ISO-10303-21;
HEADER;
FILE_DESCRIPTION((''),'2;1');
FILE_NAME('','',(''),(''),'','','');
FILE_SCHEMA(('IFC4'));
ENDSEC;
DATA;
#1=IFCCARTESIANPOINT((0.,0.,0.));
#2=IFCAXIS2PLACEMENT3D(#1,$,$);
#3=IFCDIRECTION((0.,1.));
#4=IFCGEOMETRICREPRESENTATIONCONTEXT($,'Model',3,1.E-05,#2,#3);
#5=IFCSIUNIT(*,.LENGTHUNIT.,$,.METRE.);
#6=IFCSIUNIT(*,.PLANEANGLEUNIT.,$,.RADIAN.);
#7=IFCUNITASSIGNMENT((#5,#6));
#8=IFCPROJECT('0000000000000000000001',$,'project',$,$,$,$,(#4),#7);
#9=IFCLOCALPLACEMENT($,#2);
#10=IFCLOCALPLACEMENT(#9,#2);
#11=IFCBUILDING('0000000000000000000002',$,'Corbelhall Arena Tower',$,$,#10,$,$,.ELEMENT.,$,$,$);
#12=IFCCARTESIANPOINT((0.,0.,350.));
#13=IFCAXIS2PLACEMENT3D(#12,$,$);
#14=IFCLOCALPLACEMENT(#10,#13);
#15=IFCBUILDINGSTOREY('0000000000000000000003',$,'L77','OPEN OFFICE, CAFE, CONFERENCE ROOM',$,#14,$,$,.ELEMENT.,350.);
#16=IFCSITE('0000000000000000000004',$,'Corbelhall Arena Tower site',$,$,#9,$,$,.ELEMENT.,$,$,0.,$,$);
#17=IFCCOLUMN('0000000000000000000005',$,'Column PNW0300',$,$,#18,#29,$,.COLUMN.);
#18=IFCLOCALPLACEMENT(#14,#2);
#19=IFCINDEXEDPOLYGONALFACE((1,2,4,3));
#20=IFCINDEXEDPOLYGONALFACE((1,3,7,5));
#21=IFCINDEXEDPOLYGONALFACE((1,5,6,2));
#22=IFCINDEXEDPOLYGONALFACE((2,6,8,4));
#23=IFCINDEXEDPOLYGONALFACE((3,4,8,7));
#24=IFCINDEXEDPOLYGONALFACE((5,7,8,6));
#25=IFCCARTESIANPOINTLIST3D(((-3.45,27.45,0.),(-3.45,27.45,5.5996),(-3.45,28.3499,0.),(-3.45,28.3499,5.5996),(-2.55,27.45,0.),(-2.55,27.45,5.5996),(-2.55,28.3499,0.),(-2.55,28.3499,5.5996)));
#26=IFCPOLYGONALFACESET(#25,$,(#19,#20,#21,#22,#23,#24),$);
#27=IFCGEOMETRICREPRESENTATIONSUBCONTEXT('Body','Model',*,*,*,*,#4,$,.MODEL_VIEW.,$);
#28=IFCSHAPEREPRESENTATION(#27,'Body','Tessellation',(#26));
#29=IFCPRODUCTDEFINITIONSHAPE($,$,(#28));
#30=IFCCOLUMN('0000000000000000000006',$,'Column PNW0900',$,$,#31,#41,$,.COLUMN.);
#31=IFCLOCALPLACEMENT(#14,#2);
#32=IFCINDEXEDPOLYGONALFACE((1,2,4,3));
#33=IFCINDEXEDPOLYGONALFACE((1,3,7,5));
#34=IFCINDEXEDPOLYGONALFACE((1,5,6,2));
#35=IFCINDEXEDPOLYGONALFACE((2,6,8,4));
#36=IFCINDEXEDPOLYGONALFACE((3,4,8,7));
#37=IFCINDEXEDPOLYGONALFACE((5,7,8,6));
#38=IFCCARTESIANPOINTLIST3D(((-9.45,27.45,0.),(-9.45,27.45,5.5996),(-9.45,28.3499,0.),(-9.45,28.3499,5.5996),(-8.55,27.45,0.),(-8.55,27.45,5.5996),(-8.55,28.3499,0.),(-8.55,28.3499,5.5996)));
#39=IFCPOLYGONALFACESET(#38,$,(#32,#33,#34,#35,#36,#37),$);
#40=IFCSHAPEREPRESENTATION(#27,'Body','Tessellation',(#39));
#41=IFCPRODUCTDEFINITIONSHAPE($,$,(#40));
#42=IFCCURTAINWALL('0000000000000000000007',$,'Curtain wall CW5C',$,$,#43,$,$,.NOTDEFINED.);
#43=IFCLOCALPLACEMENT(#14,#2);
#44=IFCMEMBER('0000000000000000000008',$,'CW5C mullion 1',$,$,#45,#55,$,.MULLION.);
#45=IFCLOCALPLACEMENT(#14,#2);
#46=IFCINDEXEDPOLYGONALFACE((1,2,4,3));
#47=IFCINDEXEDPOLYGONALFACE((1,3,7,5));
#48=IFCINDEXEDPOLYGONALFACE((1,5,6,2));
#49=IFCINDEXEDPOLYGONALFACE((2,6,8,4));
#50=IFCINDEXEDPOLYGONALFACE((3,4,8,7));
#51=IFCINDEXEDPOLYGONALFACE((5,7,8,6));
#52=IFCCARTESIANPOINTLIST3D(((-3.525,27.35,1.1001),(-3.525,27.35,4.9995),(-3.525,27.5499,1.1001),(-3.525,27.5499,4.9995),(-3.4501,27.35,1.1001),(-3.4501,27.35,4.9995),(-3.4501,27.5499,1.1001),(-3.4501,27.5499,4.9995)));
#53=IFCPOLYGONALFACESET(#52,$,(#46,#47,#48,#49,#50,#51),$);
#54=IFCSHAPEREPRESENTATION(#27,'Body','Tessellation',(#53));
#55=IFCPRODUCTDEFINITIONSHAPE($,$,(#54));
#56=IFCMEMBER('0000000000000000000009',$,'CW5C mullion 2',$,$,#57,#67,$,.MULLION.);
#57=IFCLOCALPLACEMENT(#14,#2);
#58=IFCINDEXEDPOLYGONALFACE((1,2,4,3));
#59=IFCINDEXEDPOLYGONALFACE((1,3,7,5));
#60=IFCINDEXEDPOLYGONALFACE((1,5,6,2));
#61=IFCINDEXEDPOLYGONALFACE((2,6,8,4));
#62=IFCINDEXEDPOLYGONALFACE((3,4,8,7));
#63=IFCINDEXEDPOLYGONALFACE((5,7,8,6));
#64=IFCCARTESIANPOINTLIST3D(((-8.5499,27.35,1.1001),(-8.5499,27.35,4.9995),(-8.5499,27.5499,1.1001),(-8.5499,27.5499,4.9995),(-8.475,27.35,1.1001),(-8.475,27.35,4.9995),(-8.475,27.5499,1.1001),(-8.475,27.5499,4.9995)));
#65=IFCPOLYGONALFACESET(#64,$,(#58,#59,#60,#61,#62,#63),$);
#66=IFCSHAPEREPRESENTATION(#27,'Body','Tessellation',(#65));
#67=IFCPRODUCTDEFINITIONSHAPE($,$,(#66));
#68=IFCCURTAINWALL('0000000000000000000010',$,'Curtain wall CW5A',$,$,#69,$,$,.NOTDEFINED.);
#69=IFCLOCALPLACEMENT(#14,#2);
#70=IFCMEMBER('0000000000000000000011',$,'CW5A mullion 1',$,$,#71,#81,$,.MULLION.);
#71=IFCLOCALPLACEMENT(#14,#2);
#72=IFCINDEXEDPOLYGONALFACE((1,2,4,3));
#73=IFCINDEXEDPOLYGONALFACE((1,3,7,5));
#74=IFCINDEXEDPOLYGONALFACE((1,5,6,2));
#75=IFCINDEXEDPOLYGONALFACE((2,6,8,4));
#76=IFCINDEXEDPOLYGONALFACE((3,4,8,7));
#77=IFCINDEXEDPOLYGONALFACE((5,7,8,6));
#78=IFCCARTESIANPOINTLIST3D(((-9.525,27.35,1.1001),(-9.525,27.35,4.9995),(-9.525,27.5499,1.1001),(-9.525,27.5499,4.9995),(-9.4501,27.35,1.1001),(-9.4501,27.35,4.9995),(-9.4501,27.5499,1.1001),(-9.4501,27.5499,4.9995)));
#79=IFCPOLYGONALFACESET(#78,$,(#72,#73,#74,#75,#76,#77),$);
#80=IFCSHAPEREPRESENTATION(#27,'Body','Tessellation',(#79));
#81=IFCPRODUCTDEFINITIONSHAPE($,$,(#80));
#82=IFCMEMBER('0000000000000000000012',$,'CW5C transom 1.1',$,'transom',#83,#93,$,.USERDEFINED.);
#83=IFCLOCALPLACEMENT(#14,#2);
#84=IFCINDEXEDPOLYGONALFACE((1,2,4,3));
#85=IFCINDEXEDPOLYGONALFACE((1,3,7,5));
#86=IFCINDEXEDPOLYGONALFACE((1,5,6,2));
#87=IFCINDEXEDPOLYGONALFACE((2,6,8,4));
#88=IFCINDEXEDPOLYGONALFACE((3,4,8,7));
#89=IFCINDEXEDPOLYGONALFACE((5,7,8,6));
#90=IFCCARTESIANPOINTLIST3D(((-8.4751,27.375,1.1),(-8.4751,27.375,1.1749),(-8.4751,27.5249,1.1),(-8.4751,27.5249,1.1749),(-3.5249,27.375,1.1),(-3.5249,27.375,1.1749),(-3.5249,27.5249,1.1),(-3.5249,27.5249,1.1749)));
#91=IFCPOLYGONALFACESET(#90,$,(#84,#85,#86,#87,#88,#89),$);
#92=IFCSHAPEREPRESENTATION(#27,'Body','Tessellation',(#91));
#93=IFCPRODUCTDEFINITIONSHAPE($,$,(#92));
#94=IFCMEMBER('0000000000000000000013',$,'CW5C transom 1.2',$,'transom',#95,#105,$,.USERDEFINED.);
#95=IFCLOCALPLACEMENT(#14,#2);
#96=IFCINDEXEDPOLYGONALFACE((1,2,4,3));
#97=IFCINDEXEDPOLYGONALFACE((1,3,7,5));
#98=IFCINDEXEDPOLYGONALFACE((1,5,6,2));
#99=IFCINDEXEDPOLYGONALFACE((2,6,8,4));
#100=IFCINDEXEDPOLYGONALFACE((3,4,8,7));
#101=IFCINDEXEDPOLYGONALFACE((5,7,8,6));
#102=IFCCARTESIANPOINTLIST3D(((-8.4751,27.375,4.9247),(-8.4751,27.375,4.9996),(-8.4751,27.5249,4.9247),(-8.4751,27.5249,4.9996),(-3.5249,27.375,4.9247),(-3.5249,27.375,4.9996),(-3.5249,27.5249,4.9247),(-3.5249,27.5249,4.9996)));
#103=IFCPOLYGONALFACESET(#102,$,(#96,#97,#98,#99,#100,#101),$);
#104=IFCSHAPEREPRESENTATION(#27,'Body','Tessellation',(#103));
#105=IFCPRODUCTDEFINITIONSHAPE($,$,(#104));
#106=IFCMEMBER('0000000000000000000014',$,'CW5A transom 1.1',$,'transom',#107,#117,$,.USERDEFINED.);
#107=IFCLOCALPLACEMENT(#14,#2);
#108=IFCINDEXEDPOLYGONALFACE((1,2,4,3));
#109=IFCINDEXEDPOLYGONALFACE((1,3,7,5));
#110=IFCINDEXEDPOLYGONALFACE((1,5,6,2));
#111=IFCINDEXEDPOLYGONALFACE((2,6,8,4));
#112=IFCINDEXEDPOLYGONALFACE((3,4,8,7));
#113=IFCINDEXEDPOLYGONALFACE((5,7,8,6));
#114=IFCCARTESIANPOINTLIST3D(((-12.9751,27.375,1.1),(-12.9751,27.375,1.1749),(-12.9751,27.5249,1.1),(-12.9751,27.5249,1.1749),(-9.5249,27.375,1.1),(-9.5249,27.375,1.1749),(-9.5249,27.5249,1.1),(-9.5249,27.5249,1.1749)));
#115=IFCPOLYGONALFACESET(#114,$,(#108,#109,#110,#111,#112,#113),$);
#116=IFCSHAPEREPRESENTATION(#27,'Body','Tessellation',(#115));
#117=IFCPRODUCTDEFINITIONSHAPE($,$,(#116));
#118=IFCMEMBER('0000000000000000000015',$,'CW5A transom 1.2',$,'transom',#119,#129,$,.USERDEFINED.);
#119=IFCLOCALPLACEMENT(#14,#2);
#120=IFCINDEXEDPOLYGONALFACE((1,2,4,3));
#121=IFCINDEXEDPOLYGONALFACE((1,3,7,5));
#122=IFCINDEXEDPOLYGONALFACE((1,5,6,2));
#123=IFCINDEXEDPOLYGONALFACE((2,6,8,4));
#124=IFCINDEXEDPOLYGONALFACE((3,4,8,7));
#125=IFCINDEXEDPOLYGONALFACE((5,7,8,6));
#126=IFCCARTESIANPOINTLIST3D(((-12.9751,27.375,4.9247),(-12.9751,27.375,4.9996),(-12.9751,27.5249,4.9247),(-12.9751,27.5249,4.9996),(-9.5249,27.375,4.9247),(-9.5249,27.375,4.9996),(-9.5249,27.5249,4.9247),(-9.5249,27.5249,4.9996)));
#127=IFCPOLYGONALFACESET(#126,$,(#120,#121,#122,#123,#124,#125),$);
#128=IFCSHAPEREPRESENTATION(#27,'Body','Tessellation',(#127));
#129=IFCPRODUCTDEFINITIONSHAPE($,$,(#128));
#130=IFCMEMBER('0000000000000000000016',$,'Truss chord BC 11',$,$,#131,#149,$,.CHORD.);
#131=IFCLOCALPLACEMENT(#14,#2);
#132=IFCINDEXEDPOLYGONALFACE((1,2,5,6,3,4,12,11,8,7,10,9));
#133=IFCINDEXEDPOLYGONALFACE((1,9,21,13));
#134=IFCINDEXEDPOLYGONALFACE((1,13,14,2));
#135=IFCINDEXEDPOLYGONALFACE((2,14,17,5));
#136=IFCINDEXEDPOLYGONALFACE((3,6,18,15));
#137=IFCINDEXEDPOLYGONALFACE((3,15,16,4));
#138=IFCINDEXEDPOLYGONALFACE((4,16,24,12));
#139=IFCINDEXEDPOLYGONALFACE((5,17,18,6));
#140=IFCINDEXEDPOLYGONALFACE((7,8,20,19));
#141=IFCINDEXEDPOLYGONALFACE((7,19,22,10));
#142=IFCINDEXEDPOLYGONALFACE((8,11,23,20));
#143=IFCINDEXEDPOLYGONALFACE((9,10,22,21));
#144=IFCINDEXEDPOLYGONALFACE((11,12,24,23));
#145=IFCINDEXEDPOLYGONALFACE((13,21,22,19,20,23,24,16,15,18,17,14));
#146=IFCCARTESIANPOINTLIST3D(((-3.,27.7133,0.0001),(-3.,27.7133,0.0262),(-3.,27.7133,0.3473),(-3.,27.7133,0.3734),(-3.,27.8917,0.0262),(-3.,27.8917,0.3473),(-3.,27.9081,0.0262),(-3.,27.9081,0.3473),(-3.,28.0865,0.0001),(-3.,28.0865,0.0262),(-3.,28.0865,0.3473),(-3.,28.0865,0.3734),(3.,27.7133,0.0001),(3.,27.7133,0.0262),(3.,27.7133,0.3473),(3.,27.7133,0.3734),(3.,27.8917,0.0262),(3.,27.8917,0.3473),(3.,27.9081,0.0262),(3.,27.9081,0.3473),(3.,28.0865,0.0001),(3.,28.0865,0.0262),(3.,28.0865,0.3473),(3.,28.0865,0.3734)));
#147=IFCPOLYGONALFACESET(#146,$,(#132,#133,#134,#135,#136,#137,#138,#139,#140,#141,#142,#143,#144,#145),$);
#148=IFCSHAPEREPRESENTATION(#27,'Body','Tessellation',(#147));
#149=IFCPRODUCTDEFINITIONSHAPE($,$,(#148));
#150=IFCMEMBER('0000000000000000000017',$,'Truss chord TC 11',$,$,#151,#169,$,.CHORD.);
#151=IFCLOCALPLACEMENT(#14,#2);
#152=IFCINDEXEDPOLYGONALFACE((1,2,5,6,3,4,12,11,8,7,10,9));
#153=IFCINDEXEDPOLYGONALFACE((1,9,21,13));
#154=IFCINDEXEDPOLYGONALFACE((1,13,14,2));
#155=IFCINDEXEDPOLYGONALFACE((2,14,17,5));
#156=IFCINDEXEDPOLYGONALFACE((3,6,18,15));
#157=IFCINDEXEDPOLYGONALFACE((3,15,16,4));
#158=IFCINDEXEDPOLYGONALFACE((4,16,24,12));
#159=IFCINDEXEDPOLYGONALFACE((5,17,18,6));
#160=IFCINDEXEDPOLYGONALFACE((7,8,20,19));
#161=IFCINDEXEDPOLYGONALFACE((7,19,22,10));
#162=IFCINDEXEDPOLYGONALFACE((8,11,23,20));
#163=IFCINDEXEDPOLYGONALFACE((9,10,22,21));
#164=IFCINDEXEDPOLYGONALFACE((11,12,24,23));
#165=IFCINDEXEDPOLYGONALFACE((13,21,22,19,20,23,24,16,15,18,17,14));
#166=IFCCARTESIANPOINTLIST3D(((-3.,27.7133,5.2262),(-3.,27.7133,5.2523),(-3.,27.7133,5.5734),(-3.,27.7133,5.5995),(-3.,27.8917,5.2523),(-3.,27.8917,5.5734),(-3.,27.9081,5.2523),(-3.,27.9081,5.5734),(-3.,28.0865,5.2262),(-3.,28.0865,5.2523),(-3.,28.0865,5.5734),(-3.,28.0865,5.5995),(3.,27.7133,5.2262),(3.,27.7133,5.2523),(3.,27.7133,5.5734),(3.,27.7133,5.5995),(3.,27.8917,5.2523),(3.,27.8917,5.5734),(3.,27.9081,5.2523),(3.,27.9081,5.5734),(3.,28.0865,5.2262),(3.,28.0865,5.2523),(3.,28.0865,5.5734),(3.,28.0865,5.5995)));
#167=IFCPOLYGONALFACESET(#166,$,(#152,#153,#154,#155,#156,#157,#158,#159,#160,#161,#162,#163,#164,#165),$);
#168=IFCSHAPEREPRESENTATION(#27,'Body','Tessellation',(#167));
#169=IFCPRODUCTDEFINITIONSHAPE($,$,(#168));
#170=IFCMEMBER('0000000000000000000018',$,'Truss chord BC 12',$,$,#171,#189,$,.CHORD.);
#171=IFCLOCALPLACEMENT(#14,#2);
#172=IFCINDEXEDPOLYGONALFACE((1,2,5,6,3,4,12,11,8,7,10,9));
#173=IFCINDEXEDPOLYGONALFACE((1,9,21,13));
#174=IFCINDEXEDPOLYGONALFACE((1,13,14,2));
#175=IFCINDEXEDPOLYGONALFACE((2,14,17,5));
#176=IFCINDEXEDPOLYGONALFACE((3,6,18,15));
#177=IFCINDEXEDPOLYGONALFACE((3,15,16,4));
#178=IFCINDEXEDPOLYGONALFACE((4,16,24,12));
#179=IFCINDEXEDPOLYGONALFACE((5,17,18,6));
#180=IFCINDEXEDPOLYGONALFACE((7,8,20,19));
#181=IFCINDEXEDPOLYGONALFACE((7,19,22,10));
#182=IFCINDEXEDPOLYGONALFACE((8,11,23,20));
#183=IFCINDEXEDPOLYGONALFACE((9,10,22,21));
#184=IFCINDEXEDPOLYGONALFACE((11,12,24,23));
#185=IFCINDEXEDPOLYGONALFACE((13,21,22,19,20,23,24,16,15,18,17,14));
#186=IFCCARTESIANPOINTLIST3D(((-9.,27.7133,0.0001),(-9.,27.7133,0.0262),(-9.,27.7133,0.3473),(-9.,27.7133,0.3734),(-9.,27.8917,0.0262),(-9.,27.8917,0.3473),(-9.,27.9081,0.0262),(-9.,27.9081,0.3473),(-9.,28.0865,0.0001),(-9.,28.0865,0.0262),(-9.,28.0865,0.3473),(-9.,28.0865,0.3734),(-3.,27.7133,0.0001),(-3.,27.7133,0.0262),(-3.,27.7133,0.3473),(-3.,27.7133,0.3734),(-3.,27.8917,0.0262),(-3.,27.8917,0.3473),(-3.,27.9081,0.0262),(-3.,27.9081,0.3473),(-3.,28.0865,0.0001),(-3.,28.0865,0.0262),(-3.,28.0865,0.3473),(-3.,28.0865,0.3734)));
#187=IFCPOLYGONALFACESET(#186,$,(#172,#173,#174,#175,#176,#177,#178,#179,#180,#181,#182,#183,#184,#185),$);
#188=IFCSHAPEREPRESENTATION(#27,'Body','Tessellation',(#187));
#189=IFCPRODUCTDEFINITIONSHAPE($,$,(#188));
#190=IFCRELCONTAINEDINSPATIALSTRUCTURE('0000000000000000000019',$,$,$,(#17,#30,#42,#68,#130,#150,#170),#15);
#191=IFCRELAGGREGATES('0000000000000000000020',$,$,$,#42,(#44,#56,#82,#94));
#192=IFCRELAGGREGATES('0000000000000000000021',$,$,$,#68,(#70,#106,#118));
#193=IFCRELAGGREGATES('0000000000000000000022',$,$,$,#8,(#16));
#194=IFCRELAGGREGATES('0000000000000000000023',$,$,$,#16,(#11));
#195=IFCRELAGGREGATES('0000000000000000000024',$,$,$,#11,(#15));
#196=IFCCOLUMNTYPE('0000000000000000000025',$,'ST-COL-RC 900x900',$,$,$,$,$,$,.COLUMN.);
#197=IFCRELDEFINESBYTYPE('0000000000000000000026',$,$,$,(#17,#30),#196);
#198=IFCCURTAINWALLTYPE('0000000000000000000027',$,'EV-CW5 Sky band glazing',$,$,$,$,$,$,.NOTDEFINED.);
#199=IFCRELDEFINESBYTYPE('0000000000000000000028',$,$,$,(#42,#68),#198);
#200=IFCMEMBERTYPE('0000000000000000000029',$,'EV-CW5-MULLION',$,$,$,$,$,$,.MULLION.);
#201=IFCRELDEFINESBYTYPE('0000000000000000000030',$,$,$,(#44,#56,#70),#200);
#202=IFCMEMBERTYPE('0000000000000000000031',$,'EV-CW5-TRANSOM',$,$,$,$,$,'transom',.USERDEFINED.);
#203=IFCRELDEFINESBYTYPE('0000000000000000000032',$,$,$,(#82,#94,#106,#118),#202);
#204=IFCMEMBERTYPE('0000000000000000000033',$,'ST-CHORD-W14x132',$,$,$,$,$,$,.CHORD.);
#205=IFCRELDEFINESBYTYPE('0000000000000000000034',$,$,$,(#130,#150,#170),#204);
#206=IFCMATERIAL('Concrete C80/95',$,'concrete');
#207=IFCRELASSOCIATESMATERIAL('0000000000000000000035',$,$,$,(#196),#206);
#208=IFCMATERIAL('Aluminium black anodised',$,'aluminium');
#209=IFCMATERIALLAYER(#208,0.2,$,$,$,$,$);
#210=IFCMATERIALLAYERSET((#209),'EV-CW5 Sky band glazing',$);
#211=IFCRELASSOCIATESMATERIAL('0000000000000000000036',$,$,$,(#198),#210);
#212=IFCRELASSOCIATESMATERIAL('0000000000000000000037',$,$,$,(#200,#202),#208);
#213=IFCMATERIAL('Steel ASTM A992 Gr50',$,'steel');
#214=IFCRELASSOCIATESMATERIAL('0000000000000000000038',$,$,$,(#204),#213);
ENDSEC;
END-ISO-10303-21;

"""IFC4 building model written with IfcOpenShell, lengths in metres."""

from ifc_helpers import new_model, si_unit, direction, frame, origin, origin_2d, place, context, subcontext, project, spatial, rectangle, i_section, extrude, material, layer, layer_set, material_profile, profile_set, type_object, element, aggregate, save


model = new_model("IFC4")

# Units and contexts
model_context = context("Model", 3, precision=1e-05, world=origin(), true_north=direction((0.0, 1.0)))
body_context = subcontext(model_context, "Body", "Model", "MODEL_VIEW")
ifc_project = project(units=[si_unit("LENGTHUNIT", "METRE"), si_unit("PLANEANGLEUNIT", "RADIAN")], contexts=[model_context])

# Site, building, storey
site_placement = place(None, origin())
site = spatial("IfcSite", under=ifc_project, at=site_placement, Name="Corbelhall Arena Tower site", CompositionType="ELEMENT", RefElevation=0.0)
building_placement = place(site_placement, origin())
building = spatial("IfcBuilding", under=site, at=building_placement, Name="Corbelhall Arena Tower", CompositionType="ELEMENT")
storey_placement = place(building_placement, frame((0.0, 0.0, 350.0)))
storey = spatial("IfcBuildingStorey", under=building, at=storey_placement, Name="L77", Description="OPEN OFFICE, CAFE, CONFERENCE ROOM", CompositionType="ELEMENT", Elevation=350.0)

# Columns
ifc_material_1 = material(Name="Concrete C80/95", Category="concrete")
ifc_material_profile_1 = material_profile(ifc_material_1, rectangle(XDim=0.8999, YDim=0.8999, at=origin_2d()))
ifc_profile_set_1 = profile_set([ifc_material_profile_1], Name="Concrete C80/95")
column_type = type_object("IfcColumnType", Name="ST-COL-RC 900x900", PredefinedType="COLUMN", material=ifc_profile_set_1)
for number, where, z_axis, x_axis, name in (
    (1, (-3.0, 27.8999, 0.0), (0.0, 0.0, 1.0), (1.0, 0.0, 0.0), "Column PNW0300"),
    (2, (-9.0, 27.8999, 0.0), (0.0, 0.0, 1.0), (1.0, 0.0, 0.0), "Column PNW0900"),
):
    element("IfcColumn", number, at=place(storey_placement, frame(where, z_axis=z_axis, x_axis=x_axis)), inside=storey, type_object=column_type, Name=name, PredefinedType="COLUMN", context=body_context, shape_type="SweptSolid", body=[
        extrude(rectangle(XDim=0.8999, YDim=0.8999, at=origin_2d()), origin(), (0.0, 0.0, 1.0), 5.5996),
    ])

# Curtain wall, members
ifc_material_2 = material(Name="Aluminium black anodised", Category="aluminium")
ifc_layer_1 = layer(ifc_material_2, 0.2)
ifc_layer_set_1 = layer_set([ifc_layer_1], Name="EV-CW5 Sky band glazing")
curtain_wall_type = type_object("IfcCurtainWallType", Name="EV-CW5 Sky band glazing", PredefinedType="NOTDEFINED", material=ifc_layer_set_1)
curtain_wall_1_placement = place(storey_placement, origin())
curtain_wall_1 = element("IfcCurtainWall", 3, at=curtain_wall_1_placement, inside=storey, type_object=curtain_wall_type, Name="Curtain wall CW5C", PredefinedType="NOTDEFINED")
ifc_material_profile_2 = material_profile(ifc_material_2, rectangle(XDim=0.2, YDim=0.075, at=origin_2d()))
ifc_profile_set_2 = profile_set([ifc_material_profile_2], Name="Aluminium black anodised")
member_type_1 = type_object("IfcMemberType", Name="EV-CW5-MULLION", PredefinedType="MULLION", material=ifc_profile_set_2)
member_1_placement = place(storey_placement, frame((-3.4875, 27.45, 1.1001), z_axis=(0.0, 0.0, 1.0), x_axis=(0.0, -1.0, 0.0)))
member_1 = element("IfcMember", 4, at=member_1_placement, type_object=member_type_1, Name="CW5C mullion 1", PredefinedType="MULLION", context=body_context, shape_type="SweptSolid", body=[
    extrude(rectangle(XDim=0.2, YDim=0.075, at=origin_2d()), origin(), (0.0, 0.0, 1.0), 3.8994),
])
member_2_placement = place(storey_placement, frame((-8.5125, 27.45, 1.1001), z_axis=(0.0, 0.0, 1.0), x_axis=(0.0, -1.0, 0.0)))
member_2 = element("IfcMember", 5, at=member_2_placement, type_object=member_type_1, Name="CW5C mullion 2", PredefinedType="MULLION", context=body_context, shape_type="SweptSolid", body=[
    extrude(rectangle(XDim=0.2, YDim=0.075, at=origin_2d()), origin(), (0.0, 0.0, 1.0), 3.8994),
])

# Curtain wall, member
curtain_wall_2_placement = place(storey_placement, origin())
curtain_wall_2 = element("IfcCurtainWall", 6, at=curtain_wall_2_placement, inside=storey, type_object=curtain_wall_type, Name="Curtain wall CW5A", PredefinedType="NOTDEFINED")
member_3_placement = place(storey_placement, frame((-9.4875, 27.45, 1.1001), z_axis=(0.0, 0.0, 1.0), x_axis=(0.0, -1.0, 0.0)))
member_3 = element("IfcMember", 7, at=member_3_placement, type_object=member_type_1, Name="CW5A mullion 1", PredefinedType="MULLION", context=body_context, shape_type="SweptSolid", body=[
    extrude(rectangle(XDim=0.2, YDim=0.075, at=origin_2d()), origin(), (0.0, 0.0, 1.0), 3.8994),
])

# Members
ifc_material_profile_3 = material_profile(ifc_material_2, rectangle(XDim=0.1499, YDim=0.075, at=origin_2d()))
ifc_profile_set_3 = profile_set([ifc_material_profile_3], Name="Aluminium black anodised")
member_type_2 = type_object("IfcMemberType", Name="EV-CW5-TRANSOM", ElementType="transom", PredefinedType="USERDEFINED", material=ifc_profile_set_3)
member_4_placement = place(storey_placement, frame((-3.5249, 27.45, 1.1375), z_axis=(-1.0, 0.0, 0.0), x_axis=(0.0, -1.0, 0.0)))
member_4 = element("IfcMember", 8, at=member_4_placement, type_object=member_type_2, Name="CW5C transom 1.1", ObjectType="transom", PredefinedType="USERDEFINED", context=body_context, shape_type="SweptSolid", body=[
    extrude(rectangle(XDim=0.1499, YDim=0.075, at=origin_2d()), origin(), (0.0, 0.0, 1.0), 4.9502),
])
member_5_placement = place(storey_placement, frame((-3.5249, 27.45, 4.9622), z_axis=(-1.0, 0.0, 0.0), x_axis=(0.0, -1.0, 0.0)))
member_5 = element("IfcMember", 9, at=member_5_placement, type_object=member_type_2, Name="CW5C transom 1.2", ObjectType="transom", PredefinedType="USERDEFINED", context=body_context, shape_type="SweptSolid", body=[
    extrude(rectangle(XDim=0.1499, YDim=0.075, at=origin_2d()), origin(), (0.0, 0.0, 1.0), 4.9502),
])
member_6_placement = place(storey_placement, frame((-9.5249, 27.45, 1.1375), z_axis=(-1.0, 0.0, 0.0), x_axis=(0.0, -1.0, 0.0)))
member_6 = element("IfcMember", 10, at=member_6_placement, type_object=member_type_2, Name="CW5A transom 1.1", ObjectType="transom", PredefinedType="USERDEFINED", context=body_context, shape_type="SweptSolid", body=[
    extrude(rectangle(XDim=0.1499, YDim=0.075, at=origin_2d()), origin(), (0.0, 0.0, 1.0), 3.4502),
])
member_7_placement = place(storey_placement, frame((-9.5249, 27.45, 4.9622), z_axis=(-1.0, 0.0, 0.0), x_axis=(0.0, -1.0, 0.0)))
member_7 = element("IfcMember", 11, at=member_7_placement, type_object=member_type_2, Name="CW5A transom 1.2", ObjectType="transom", PredefinedType="USERDEFINED", context=body_context, shape_type="SweptSolid", body=[
    extrude(rectangle(XDim=0.1499, YDim=0.075, at=origin_2d()), origin(), (0.0, 0.0, 1.0), 3.4502),
])

# Members
ifc_material_3 = material(Name="Steel ASTM A992 Gr50", Category="steel")
ifc_material_profile_4 = material_profile(ifc_material_3, i_section(OverallWidth=0.3733, OverallDepth=0.3733, WebThickness=0.0164, FlangeThickness=0.0261, at=origin_2d()))
ifc_profile_set_4 = profile_set([ifc_material_profile_4], Name="Steel ASTM A992 Gr50")
member_type_3 = type_object("IfcMemberType", Name="ST-CHORD-W14x132", PredefinedType="CHORD", material=ifc_profile_set_4)
for number, where, z_axis, x_axis, name in (
    (12, (-3.0, 27.8999, 0.1868), (1.0, 0.0, 0.0), (0.0, 1.0, 0.0), "Truss chord BC 11"),
    (13, (-3.0, 27.8999, 5.4128), (1.0, 0.0, 0.0), (0.0, 1.0, 0.0), "Truss chord TC 11"),
    (14, (-9.0, 27.8999, 0.1868), (1.0, 0.0, 0.0), (0.0, 1.0, 0.0), "Truss chord BC 12"),
):
    element("IfcMember", number, at=place(storey_placement, frame(where, z_axis=z_axis, x_axis=x_axis)), inside=storey, type_object=member_type_3, Name=name, PredefinedType="CHORD", context=body_context, shape_type="SweptSolid", body=[
        extrude(i_section(OverallWidth=0.3733, OverallDepth=0.3733, WebThickness=0.0164, FlangeThickness=0.0261, at=origin_2d()), origin(), (0.0, 0.0, 1.0), 6.0),
    ])

aggregate(curtain_wall_1, [member_1, member_2, member_4, member_5])
aggregate(curtain_wall_2, [member_3, member_6, member_7])

save(model, "model.ifc")
